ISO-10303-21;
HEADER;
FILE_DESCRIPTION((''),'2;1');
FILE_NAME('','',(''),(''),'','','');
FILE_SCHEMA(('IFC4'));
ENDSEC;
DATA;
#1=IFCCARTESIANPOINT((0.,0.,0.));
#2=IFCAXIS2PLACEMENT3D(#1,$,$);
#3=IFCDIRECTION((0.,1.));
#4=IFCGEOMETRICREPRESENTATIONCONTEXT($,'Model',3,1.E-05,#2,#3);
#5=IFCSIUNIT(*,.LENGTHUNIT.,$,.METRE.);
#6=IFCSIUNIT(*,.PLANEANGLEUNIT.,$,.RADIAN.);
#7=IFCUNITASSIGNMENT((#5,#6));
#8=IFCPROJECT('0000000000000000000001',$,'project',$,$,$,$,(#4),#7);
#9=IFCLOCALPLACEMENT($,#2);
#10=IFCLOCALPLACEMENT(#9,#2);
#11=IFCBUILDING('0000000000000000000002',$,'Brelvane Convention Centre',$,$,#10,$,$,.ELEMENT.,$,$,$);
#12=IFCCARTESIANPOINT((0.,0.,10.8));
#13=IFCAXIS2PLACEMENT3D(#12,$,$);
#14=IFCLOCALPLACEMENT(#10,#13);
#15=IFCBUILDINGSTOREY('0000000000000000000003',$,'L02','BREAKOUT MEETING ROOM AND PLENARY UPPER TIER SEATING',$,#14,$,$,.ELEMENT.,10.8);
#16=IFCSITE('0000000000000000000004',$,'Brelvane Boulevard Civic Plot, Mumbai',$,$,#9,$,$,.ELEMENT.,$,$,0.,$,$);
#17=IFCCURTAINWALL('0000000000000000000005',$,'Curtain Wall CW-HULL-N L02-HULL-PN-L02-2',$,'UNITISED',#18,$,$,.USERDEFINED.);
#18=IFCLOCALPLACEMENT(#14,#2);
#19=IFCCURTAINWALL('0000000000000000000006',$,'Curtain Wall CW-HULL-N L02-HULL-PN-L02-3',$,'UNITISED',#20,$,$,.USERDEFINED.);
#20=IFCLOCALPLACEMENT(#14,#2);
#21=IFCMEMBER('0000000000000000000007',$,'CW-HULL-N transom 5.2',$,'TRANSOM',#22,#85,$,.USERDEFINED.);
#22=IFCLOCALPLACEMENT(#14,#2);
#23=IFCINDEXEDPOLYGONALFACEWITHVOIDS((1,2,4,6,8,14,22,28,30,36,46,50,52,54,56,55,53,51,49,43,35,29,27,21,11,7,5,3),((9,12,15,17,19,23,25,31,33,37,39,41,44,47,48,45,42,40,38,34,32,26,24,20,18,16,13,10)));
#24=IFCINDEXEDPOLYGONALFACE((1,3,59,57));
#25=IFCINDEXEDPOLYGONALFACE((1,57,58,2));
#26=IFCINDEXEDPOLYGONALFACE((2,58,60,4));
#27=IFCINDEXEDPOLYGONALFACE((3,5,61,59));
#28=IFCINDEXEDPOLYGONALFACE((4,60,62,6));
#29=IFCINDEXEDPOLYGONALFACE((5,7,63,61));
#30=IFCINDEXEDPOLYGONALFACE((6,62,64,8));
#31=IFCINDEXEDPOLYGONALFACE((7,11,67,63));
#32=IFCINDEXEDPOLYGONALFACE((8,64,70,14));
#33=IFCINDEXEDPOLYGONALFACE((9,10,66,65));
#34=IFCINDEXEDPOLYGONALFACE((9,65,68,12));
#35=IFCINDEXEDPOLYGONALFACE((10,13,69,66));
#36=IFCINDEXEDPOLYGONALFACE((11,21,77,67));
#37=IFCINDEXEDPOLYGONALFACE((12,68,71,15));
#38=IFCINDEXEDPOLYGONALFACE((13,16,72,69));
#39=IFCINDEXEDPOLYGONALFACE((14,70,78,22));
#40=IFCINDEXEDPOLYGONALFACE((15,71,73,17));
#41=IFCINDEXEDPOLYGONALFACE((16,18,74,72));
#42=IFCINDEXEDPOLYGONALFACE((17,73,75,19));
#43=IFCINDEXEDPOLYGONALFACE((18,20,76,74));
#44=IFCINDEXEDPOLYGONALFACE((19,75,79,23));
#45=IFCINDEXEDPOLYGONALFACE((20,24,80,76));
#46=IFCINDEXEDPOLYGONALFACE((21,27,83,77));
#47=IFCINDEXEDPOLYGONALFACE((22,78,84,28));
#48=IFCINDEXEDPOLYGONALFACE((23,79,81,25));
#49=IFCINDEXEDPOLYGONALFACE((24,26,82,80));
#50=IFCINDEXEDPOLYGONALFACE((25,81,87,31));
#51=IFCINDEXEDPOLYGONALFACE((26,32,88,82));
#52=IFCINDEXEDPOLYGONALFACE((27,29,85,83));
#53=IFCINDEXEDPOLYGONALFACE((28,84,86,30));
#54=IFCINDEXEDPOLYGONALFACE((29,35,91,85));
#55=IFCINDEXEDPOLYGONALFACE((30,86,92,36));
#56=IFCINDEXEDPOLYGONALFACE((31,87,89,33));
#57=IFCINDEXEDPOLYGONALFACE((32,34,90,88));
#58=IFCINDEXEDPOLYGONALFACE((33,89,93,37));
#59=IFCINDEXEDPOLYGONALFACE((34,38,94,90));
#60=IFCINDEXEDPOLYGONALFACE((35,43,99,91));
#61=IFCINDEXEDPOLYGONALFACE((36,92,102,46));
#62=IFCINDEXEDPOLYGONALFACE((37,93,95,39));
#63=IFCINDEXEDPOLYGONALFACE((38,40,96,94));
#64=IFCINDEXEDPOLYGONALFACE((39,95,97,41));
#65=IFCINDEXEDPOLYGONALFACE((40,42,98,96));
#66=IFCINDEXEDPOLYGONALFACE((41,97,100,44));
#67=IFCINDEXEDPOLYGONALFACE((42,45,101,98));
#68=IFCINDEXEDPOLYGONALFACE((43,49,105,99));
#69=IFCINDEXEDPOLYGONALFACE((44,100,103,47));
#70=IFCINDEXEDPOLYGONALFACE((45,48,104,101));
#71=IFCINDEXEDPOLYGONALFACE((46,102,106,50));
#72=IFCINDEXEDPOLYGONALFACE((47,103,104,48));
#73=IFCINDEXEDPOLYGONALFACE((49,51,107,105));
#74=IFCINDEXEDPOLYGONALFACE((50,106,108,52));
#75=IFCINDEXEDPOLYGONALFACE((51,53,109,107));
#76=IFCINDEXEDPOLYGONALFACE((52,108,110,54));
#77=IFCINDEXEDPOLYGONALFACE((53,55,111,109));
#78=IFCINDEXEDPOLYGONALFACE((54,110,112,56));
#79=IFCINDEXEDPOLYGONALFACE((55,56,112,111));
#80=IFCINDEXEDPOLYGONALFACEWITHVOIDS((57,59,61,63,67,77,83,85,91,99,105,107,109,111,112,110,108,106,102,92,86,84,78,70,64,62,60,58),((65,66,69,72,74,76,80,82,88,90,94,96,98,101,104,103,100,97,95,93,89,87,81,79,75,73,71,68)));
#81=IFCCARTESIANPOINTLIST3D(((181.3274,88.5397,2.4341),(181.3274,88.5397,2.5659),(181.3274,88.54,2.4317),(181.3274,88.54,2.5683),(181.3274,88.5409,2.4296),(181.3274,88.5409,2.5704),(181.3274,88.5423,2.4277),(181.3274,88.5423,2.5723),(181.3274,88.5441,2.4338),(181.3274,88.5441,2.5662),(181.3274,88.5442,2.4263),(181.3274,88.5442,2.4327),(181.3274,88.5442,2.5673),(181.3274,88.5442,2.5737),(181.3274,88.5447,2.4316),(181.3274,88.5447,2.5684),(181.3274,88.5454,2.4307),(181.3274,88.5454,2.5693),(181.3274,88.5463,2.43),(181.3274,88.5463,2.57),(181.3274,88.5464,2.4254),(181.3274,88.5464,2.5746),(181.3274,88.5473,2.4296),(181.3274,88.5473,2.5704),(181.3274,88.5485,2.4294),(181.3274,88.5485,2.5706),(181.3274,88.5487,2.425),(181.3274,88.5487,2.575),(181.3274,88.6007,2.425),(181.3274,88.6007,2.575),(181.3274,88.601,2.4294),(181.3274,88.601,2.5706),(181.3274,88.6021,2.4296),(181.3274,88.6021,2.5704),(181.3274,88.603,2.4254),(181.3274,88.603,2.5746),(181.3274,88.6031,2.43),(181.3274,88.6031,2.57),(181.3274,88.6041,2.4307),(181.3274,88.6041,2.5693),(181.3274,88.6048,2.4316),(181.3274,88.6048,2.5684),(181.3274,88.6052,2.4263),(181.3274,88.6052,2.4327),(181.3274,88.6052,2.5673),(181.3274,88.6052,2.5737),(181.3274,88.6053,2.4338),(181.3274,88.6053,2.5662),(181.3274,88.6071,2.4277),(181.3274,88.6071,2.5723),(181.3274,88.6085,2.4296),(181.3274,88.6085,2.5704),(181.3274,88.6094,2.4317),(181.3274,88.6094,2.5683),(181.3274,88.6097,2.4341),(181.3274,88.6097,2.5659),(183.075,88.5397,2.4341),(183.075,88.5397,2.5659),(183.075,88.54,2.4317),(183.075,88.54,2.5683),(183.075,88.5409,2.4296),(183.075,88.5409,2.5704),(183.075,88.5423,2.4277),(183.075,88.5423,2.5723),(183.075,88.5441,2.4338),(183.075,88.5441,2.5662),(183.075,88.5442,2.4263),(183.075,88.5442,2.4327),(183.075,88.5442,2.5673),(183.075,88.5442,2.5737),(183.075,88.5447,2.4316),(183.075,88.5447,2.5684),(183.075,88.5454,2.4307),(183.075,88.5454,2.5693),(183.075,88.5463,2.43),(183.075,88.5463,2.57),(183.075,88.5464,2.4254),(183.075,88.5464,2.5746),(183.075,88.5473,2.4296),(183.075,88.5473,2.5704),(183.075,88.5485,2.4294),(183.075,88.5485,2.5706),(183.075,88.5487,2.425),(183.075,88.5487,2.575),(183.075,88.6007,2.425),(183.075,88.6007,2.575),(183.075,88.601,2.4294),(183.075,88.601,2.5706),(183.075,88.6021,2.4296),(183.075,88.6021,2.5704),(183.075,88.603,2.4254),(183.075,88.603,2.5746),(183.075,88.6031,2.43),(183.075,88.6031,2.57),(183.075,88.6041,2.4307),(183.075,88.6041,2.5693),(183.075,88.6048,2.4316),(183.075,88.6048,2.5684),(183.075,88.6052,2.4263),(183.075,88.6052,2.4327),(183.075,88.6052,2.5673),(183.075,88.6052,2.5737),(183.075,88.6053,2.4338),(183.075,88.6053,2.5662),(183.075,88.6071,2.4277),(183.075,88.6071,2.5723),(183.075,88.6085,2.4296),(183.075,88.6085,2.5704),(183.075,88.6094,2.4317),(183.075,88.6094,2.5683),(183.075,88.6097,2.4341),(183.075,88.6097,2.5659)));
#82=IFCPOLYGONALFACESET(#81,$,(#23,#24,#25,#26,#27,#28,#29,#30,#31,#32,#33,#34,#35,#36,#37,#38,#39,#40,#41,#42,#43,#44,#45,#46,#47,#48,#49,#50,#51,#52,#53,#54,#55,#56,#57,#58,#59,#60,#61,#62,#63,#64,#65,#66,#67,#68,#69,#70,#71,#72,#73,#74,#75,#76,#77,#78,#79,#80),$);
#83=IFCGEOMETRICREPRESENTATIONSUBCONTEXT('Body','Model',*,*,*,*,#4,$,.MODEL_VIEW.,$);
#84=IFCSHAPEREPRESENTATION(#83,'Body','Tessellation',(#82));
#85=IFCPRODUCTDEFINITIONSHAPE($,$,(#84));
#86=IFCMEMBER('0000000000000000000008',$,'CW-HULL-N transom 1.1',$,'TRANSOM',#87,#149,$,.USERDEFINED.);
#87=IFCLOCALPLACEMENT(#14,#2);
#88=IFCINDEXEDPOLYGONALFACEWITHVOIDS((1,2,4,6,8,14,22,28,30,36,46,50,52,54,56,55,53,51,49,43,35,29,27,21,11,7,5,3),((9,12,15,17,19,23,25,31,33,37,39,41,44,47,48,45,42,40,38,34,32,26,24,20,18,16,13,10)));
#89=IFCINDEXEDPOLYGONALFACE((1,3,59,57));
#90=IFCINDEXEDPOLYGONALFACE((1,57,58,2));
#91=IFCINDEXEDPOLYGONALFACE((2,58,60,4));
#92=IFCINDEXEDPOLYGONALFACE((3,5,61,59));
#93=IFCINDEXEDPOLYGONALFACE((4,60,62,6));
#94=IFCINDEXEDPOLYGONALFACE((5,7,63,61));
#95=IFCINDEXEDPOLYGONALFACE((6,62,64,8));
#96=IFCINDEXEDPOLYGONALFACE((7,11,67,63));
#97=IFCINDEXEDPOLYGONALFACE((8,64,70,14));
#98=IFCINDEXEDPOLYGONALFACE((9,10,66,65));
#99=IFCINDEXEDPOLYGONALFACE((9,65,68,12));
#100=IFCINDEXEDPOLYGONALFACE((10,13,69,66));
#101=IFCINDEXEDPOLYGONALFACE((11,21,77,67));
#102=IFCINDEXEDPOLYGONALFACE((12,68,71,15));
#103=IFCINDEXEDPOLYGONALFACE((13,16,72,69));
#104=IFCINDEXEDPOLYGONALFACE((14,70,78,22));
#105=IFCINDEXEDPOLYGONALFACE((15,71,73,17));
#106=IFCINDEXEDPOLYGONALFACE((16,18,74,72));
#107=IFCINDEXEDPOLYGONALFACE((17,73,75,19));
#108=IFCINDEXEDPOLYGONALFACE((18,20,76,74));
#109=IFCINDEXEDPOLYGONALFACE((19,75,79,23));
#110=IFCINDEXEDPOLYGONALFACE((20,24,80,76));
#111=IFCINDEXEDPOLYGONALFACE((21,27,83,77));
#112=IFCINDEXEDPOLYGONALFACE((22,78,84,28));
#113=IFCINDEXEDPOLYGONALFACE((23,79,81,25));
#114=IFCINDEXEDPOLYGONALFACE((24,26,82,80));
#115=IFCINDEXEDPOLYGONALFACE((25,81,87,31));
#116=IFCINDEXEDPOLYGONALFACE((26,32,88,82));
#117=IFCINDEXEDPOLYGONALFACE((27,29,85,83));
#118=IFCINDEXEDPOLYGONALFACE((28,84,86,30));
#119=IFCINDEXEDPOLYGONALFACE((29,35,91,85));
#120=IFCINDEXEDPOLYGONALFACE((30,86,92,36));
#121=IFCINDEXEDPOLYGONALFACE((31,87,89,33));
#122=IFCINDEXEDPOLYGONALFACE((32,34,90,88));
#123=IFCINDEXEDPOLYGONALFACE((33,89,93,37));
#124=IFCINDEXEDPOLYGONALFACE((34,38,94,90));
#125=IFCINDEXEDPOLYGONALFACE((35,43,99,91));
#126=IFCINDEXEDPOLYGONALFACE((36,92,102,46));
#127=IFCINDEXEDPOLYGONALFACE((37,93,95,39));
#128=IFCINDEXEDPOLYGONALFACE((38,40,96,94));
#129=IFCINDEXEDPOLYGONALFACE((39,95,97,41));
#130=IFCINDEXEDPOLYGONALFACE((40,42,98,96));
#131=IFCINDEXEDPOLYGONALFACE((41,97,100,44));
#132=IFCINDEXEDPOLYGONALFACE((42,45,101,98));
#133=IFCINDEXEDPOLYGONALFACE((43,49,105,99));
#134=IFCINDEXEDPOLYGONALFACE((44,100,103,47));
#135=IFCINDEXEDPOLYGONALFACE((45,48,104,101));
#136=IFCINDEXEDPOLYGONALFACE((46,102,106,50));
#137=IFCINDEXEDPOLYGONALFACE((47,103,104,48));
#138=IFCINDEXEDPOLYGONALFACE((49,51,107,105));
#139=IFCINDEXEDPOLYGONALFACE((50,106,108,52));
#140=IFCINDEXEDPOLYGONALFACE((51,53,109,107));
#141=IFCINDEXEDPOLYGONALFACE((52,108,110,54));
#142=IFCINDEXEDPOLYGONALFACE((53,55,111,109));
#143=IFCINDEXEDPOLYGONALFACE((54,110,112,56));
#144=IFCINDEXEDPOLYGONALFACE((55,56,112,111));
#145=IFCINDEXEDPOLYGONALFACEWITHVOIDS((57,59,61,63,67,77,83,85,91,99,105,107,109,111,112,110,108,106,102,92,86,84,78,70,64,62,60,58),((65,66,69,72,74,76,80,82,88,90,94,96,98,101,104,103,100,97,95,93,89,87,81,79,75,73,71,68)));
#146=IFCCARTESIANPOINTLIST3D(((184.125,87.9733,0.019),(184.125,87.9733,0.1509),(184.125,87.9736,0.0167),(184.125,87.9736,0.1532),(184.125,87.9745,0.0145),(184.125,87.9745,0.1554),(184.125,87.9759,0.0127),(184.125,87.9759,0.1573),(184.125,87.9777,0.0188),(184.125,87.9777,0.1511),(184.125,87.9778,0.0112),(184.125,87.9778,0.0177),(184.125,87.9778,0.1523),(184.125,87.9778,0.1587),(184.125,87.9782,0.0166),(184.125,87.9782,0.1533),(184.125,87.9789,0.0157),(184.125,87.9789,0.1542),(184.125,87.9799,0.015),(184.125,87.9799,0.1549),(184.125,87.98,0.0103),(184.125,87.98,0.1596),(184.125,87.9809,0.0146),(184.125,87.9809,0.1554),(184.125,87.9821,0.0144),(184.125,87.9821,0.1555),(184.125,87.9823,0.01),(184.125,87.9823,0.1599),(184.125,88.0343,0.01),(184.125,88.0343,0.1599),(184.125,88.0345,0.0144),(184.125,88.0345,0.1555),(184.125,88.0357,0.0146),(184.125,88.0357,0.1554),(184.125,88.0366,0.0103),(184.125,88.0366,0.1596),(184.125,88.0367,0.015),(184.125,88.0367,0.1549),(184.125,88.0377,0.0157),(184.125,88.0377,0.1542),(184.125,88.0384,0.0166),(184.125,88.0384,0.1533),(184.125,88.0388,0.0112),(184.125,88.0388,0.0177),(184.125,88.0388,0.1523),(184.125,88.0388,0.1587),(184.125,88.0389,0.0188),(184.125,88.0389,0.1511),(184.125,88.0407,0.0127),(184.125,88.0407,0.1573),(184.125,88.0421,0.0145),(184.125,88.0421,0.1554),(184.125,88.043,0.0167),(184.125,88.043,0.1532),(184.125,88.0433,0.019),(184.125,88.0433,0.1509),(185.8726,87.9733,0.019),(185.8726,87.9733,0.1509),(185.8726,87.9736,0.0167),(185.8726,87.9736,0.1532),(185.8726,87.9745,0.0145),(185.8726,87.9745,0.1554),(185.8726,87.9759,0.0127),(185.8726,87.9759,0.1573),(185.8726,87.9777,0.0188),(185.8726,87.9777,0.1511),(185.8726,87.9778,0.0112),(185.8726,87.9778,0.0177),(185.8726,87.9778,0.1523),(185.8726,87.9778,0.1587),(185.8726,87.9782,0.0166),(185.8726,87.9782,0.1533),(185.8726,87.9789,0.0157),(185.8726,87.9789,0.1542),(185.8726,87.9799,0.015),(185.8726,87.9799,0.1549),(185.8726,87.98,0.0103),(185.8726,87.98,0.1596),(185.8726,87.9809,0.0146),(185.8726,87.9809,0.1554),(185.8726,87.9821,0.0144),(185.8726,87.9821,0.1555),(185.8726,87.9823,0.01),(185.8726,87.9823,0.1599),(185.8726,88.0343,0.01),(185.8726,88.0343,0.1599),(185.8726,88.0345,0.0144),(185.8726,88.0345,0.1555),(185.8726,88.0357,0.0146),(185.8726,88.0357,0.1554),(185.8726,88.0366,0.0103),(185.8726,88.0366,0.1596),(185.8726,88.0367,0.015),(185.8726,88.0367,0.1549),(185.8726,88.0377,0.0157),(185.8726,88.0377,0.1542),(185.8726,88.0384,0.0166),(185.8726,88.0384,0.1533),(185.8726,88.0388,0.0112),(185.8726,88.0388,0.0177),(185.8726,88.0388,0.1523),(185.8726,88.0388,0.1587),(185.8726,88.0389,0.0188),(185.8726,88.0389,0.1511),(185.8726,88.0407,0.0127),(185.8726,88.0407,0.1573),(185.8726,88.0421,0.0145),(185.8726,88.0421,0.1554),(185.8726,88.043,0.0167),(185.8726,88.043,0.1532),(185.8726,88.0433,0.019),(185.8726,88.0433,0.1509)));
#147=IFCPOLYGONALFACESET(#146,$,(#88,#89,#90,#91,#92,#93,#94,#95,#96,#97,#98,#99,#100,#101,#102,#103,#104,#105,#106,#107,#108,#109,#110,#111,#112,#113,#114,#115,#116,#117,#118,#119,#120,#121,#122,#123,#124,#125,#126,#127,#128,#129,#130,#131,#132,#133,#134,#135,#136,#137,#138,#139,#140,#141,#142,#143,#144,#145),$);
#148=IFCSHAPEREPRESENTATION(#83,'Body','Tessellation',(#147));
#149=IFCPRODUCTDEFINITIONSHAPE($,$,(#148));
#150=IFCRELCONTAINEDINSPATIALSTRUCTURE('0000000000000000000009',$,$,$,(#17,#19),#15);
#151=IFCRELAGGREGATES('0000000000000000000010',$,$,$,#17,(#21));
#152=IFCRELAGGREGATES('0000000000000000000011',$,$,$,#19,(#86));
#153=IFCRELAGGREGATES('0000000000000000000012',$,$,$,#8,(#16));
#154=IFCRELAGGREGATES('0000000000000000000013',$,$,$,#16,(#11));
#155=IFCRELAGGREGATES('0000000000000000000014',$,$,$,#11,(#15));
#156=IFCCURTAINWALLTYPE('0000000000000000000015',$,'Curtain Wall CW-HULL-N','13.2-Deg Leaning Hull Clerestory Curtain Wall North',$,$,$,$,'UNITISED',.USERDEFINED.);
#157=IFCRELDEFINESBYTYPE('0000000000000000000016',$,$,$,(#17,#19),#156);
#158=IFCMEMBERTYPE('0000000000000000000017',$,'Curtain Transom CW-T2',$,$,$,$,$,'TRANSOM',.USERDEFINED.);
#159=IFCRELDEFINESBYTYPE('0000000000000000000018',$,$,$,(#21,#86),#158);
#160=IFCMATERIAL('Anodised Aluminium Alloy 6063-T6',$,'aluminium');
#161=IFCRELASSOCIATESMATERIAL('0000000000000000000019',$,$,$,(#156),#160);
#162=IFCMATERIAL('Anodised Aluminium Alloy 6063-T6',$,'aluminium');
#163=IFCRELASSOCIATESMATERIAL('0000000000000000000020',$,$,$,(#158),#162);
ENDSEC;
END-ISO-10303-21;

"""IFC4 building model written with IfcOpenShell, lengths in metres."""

from ifc_helpers import new_model, si_unit, direction, frame, origin, origin_2d, place, context, subcontext, project, spatial, hollow_rectangle, extrude, material, material_profile, profile_set, type_object, element, aggregate, save


model = new_model("IFC4")

# Units and contexts
model_context = context("Model", 3, precision=1e-05, world=origin(), true_north=direction((0.0, 1.0)))
body_context = subcontext(model_context, "Body", "Model", "MODEL_VIEW")
ifc_project = project(units=[si_unit("LENGTHUNIT", "METRE"), si_unit("PLANEANGLEUNIT", "RADIAN")], contexts=[model_context])

# Site, building, storey
site_placement = place(None, origin())
site = spatial("IfcSite", under=ifc_project, at=site_placement, Name="Brelvane Boulevard Civic Plot, Mumbai", CompositionType="ELEMENT", RefElevation=0.0)
building_placement = place(site_placement, origin())
building = spatial("IfcBuilding", under=site, at=building_placement, Name="Brelvane Convention Centre", CompositionType="ELEMENT")
storey_placement = place(building_placement, frame((0.0, 0.0, 10.8)))
storey = spatial("IfcBuildingStorey", under=building, at=storey_placement, Name="L02", Description="BREAKOUT MEETING ROOM AND PLENARY UPPER TIER SEATING", CompositionType="ELEMENT", Elevation=10.8)

# Curtain walls
ifc_material_1 = material(Name="Anodised Aluminium Alloy 6063-T6", Category="aluminium")
curtain_wall_type = type_object("IfcCurtainWallType", Name="Curtain Wall CW-HULL-N", Description="13.2-Deg Leaning Hull Clerestory Curtain Wall North", ElementType="UNITISED", PredefinedType="USERDEFINED", material=ifc_material_1)
curtain_wall_1_placement = place(storey_placement, origin())
curtain_wall_1 = element("IfcCurtainWall", 1, at=curtain_wall_1_placement, inside=storey, type_object=curtain_wall_type, Name="Curtain Wall CW-HULL-N L02-HULL-PN-L02-2", ObjectType="UNITISED", PredefinedType="USERDEFINED")
curtain_wall_2_placement = place(storey_placement, origin())
curtain_wall_2 = element("IfcCurtainWall", 2, at=curtain_wall_2_placement, inside=storey, type_object=curtain_wall_type, Name="Curtain Wall CW-HULL-N L02-HULL-PN-L02-3", ObjectType="UNITISED", PredefinedType="USERDEFINED")

# Members
ifc_material_2 = material(Name="Anodised Aluminium Alloy 6063-T6", Category="aluminium")
ifc_material_profile_1 = material_profile(ifc_material_2, hollow_rectangle(XDim=0.0701, YDim=0.1499, WallThickness=0.0044, InnerFilletRadius=0.0044, OuterFilletRadius=0.009, at=origin_2d()), Name="ALU-T 150x70x4.5")
ifc_profile_set_1 = profile_set([ifc_material_profile_1], Name="Anodised Aluminium Alloy 6063-T6")
member_type_1 = type_object("IfcMemberType", Name="Curtain Transom CW-T2", ElementType="TRANSOM", PredefinedType="USERDEFINED", material=ifc_profile_set_1)
member_1_placement = place(storey_placement, frame((181.3274, 88.5747, 2.5), z_axis=(1.0, 0.0, 0.0), x_axis=(0.0, 1.0, 0.0)))
member_1 = element("IfcMember", 3, at=member_1_placement, type_object=member_type_1, Name="CW-HULL-N transom 5.2", ObjectType="TRANSOM", PredefinedType="USERDEFINED", context=body_context, shape_type="SweptSolid", body=[
    extrude(hollow_rectangle(XDim=0.0701, YDim=0.1499, WallThickness=0.0044, InnerFilletRadius=0.0044, OuterFilletRadius=0.009, at=origin_2d()), origin(), (0.0, 0.0, 1.0), 1.7476),
])
member_2_placement = place(storey_placement, frame((184.125, 88.0083, 0.085), z_axis=(1.0, 0.0, 0.0), x_axis=(0.0, 1.0, 0.0)))
member_2 = element("IfcMember", 4, at=member_2_placement, type_object=member_type_1, Name="CW-HULL-N transom 1.1", ObjectType="TRANSOM", PredefinedType="USERDEFINED", context=body_context, shape_type="SweptSolid", body=[
    extrude(hollow_rectangle(XDim=0.0701, YDim=0.1499, WallThickness=0.0044, InnerFilletRadius=0.0044, OuterFilletRadius=0.009, at=origin_2d()), origin(), (0.0, 0.0, 1.0), 1.7476),
])

aggregate(curtain_wall_1, [member_1])
aggregate(curtain_wall_2, [member_2])

save(model, "model.ifc")
